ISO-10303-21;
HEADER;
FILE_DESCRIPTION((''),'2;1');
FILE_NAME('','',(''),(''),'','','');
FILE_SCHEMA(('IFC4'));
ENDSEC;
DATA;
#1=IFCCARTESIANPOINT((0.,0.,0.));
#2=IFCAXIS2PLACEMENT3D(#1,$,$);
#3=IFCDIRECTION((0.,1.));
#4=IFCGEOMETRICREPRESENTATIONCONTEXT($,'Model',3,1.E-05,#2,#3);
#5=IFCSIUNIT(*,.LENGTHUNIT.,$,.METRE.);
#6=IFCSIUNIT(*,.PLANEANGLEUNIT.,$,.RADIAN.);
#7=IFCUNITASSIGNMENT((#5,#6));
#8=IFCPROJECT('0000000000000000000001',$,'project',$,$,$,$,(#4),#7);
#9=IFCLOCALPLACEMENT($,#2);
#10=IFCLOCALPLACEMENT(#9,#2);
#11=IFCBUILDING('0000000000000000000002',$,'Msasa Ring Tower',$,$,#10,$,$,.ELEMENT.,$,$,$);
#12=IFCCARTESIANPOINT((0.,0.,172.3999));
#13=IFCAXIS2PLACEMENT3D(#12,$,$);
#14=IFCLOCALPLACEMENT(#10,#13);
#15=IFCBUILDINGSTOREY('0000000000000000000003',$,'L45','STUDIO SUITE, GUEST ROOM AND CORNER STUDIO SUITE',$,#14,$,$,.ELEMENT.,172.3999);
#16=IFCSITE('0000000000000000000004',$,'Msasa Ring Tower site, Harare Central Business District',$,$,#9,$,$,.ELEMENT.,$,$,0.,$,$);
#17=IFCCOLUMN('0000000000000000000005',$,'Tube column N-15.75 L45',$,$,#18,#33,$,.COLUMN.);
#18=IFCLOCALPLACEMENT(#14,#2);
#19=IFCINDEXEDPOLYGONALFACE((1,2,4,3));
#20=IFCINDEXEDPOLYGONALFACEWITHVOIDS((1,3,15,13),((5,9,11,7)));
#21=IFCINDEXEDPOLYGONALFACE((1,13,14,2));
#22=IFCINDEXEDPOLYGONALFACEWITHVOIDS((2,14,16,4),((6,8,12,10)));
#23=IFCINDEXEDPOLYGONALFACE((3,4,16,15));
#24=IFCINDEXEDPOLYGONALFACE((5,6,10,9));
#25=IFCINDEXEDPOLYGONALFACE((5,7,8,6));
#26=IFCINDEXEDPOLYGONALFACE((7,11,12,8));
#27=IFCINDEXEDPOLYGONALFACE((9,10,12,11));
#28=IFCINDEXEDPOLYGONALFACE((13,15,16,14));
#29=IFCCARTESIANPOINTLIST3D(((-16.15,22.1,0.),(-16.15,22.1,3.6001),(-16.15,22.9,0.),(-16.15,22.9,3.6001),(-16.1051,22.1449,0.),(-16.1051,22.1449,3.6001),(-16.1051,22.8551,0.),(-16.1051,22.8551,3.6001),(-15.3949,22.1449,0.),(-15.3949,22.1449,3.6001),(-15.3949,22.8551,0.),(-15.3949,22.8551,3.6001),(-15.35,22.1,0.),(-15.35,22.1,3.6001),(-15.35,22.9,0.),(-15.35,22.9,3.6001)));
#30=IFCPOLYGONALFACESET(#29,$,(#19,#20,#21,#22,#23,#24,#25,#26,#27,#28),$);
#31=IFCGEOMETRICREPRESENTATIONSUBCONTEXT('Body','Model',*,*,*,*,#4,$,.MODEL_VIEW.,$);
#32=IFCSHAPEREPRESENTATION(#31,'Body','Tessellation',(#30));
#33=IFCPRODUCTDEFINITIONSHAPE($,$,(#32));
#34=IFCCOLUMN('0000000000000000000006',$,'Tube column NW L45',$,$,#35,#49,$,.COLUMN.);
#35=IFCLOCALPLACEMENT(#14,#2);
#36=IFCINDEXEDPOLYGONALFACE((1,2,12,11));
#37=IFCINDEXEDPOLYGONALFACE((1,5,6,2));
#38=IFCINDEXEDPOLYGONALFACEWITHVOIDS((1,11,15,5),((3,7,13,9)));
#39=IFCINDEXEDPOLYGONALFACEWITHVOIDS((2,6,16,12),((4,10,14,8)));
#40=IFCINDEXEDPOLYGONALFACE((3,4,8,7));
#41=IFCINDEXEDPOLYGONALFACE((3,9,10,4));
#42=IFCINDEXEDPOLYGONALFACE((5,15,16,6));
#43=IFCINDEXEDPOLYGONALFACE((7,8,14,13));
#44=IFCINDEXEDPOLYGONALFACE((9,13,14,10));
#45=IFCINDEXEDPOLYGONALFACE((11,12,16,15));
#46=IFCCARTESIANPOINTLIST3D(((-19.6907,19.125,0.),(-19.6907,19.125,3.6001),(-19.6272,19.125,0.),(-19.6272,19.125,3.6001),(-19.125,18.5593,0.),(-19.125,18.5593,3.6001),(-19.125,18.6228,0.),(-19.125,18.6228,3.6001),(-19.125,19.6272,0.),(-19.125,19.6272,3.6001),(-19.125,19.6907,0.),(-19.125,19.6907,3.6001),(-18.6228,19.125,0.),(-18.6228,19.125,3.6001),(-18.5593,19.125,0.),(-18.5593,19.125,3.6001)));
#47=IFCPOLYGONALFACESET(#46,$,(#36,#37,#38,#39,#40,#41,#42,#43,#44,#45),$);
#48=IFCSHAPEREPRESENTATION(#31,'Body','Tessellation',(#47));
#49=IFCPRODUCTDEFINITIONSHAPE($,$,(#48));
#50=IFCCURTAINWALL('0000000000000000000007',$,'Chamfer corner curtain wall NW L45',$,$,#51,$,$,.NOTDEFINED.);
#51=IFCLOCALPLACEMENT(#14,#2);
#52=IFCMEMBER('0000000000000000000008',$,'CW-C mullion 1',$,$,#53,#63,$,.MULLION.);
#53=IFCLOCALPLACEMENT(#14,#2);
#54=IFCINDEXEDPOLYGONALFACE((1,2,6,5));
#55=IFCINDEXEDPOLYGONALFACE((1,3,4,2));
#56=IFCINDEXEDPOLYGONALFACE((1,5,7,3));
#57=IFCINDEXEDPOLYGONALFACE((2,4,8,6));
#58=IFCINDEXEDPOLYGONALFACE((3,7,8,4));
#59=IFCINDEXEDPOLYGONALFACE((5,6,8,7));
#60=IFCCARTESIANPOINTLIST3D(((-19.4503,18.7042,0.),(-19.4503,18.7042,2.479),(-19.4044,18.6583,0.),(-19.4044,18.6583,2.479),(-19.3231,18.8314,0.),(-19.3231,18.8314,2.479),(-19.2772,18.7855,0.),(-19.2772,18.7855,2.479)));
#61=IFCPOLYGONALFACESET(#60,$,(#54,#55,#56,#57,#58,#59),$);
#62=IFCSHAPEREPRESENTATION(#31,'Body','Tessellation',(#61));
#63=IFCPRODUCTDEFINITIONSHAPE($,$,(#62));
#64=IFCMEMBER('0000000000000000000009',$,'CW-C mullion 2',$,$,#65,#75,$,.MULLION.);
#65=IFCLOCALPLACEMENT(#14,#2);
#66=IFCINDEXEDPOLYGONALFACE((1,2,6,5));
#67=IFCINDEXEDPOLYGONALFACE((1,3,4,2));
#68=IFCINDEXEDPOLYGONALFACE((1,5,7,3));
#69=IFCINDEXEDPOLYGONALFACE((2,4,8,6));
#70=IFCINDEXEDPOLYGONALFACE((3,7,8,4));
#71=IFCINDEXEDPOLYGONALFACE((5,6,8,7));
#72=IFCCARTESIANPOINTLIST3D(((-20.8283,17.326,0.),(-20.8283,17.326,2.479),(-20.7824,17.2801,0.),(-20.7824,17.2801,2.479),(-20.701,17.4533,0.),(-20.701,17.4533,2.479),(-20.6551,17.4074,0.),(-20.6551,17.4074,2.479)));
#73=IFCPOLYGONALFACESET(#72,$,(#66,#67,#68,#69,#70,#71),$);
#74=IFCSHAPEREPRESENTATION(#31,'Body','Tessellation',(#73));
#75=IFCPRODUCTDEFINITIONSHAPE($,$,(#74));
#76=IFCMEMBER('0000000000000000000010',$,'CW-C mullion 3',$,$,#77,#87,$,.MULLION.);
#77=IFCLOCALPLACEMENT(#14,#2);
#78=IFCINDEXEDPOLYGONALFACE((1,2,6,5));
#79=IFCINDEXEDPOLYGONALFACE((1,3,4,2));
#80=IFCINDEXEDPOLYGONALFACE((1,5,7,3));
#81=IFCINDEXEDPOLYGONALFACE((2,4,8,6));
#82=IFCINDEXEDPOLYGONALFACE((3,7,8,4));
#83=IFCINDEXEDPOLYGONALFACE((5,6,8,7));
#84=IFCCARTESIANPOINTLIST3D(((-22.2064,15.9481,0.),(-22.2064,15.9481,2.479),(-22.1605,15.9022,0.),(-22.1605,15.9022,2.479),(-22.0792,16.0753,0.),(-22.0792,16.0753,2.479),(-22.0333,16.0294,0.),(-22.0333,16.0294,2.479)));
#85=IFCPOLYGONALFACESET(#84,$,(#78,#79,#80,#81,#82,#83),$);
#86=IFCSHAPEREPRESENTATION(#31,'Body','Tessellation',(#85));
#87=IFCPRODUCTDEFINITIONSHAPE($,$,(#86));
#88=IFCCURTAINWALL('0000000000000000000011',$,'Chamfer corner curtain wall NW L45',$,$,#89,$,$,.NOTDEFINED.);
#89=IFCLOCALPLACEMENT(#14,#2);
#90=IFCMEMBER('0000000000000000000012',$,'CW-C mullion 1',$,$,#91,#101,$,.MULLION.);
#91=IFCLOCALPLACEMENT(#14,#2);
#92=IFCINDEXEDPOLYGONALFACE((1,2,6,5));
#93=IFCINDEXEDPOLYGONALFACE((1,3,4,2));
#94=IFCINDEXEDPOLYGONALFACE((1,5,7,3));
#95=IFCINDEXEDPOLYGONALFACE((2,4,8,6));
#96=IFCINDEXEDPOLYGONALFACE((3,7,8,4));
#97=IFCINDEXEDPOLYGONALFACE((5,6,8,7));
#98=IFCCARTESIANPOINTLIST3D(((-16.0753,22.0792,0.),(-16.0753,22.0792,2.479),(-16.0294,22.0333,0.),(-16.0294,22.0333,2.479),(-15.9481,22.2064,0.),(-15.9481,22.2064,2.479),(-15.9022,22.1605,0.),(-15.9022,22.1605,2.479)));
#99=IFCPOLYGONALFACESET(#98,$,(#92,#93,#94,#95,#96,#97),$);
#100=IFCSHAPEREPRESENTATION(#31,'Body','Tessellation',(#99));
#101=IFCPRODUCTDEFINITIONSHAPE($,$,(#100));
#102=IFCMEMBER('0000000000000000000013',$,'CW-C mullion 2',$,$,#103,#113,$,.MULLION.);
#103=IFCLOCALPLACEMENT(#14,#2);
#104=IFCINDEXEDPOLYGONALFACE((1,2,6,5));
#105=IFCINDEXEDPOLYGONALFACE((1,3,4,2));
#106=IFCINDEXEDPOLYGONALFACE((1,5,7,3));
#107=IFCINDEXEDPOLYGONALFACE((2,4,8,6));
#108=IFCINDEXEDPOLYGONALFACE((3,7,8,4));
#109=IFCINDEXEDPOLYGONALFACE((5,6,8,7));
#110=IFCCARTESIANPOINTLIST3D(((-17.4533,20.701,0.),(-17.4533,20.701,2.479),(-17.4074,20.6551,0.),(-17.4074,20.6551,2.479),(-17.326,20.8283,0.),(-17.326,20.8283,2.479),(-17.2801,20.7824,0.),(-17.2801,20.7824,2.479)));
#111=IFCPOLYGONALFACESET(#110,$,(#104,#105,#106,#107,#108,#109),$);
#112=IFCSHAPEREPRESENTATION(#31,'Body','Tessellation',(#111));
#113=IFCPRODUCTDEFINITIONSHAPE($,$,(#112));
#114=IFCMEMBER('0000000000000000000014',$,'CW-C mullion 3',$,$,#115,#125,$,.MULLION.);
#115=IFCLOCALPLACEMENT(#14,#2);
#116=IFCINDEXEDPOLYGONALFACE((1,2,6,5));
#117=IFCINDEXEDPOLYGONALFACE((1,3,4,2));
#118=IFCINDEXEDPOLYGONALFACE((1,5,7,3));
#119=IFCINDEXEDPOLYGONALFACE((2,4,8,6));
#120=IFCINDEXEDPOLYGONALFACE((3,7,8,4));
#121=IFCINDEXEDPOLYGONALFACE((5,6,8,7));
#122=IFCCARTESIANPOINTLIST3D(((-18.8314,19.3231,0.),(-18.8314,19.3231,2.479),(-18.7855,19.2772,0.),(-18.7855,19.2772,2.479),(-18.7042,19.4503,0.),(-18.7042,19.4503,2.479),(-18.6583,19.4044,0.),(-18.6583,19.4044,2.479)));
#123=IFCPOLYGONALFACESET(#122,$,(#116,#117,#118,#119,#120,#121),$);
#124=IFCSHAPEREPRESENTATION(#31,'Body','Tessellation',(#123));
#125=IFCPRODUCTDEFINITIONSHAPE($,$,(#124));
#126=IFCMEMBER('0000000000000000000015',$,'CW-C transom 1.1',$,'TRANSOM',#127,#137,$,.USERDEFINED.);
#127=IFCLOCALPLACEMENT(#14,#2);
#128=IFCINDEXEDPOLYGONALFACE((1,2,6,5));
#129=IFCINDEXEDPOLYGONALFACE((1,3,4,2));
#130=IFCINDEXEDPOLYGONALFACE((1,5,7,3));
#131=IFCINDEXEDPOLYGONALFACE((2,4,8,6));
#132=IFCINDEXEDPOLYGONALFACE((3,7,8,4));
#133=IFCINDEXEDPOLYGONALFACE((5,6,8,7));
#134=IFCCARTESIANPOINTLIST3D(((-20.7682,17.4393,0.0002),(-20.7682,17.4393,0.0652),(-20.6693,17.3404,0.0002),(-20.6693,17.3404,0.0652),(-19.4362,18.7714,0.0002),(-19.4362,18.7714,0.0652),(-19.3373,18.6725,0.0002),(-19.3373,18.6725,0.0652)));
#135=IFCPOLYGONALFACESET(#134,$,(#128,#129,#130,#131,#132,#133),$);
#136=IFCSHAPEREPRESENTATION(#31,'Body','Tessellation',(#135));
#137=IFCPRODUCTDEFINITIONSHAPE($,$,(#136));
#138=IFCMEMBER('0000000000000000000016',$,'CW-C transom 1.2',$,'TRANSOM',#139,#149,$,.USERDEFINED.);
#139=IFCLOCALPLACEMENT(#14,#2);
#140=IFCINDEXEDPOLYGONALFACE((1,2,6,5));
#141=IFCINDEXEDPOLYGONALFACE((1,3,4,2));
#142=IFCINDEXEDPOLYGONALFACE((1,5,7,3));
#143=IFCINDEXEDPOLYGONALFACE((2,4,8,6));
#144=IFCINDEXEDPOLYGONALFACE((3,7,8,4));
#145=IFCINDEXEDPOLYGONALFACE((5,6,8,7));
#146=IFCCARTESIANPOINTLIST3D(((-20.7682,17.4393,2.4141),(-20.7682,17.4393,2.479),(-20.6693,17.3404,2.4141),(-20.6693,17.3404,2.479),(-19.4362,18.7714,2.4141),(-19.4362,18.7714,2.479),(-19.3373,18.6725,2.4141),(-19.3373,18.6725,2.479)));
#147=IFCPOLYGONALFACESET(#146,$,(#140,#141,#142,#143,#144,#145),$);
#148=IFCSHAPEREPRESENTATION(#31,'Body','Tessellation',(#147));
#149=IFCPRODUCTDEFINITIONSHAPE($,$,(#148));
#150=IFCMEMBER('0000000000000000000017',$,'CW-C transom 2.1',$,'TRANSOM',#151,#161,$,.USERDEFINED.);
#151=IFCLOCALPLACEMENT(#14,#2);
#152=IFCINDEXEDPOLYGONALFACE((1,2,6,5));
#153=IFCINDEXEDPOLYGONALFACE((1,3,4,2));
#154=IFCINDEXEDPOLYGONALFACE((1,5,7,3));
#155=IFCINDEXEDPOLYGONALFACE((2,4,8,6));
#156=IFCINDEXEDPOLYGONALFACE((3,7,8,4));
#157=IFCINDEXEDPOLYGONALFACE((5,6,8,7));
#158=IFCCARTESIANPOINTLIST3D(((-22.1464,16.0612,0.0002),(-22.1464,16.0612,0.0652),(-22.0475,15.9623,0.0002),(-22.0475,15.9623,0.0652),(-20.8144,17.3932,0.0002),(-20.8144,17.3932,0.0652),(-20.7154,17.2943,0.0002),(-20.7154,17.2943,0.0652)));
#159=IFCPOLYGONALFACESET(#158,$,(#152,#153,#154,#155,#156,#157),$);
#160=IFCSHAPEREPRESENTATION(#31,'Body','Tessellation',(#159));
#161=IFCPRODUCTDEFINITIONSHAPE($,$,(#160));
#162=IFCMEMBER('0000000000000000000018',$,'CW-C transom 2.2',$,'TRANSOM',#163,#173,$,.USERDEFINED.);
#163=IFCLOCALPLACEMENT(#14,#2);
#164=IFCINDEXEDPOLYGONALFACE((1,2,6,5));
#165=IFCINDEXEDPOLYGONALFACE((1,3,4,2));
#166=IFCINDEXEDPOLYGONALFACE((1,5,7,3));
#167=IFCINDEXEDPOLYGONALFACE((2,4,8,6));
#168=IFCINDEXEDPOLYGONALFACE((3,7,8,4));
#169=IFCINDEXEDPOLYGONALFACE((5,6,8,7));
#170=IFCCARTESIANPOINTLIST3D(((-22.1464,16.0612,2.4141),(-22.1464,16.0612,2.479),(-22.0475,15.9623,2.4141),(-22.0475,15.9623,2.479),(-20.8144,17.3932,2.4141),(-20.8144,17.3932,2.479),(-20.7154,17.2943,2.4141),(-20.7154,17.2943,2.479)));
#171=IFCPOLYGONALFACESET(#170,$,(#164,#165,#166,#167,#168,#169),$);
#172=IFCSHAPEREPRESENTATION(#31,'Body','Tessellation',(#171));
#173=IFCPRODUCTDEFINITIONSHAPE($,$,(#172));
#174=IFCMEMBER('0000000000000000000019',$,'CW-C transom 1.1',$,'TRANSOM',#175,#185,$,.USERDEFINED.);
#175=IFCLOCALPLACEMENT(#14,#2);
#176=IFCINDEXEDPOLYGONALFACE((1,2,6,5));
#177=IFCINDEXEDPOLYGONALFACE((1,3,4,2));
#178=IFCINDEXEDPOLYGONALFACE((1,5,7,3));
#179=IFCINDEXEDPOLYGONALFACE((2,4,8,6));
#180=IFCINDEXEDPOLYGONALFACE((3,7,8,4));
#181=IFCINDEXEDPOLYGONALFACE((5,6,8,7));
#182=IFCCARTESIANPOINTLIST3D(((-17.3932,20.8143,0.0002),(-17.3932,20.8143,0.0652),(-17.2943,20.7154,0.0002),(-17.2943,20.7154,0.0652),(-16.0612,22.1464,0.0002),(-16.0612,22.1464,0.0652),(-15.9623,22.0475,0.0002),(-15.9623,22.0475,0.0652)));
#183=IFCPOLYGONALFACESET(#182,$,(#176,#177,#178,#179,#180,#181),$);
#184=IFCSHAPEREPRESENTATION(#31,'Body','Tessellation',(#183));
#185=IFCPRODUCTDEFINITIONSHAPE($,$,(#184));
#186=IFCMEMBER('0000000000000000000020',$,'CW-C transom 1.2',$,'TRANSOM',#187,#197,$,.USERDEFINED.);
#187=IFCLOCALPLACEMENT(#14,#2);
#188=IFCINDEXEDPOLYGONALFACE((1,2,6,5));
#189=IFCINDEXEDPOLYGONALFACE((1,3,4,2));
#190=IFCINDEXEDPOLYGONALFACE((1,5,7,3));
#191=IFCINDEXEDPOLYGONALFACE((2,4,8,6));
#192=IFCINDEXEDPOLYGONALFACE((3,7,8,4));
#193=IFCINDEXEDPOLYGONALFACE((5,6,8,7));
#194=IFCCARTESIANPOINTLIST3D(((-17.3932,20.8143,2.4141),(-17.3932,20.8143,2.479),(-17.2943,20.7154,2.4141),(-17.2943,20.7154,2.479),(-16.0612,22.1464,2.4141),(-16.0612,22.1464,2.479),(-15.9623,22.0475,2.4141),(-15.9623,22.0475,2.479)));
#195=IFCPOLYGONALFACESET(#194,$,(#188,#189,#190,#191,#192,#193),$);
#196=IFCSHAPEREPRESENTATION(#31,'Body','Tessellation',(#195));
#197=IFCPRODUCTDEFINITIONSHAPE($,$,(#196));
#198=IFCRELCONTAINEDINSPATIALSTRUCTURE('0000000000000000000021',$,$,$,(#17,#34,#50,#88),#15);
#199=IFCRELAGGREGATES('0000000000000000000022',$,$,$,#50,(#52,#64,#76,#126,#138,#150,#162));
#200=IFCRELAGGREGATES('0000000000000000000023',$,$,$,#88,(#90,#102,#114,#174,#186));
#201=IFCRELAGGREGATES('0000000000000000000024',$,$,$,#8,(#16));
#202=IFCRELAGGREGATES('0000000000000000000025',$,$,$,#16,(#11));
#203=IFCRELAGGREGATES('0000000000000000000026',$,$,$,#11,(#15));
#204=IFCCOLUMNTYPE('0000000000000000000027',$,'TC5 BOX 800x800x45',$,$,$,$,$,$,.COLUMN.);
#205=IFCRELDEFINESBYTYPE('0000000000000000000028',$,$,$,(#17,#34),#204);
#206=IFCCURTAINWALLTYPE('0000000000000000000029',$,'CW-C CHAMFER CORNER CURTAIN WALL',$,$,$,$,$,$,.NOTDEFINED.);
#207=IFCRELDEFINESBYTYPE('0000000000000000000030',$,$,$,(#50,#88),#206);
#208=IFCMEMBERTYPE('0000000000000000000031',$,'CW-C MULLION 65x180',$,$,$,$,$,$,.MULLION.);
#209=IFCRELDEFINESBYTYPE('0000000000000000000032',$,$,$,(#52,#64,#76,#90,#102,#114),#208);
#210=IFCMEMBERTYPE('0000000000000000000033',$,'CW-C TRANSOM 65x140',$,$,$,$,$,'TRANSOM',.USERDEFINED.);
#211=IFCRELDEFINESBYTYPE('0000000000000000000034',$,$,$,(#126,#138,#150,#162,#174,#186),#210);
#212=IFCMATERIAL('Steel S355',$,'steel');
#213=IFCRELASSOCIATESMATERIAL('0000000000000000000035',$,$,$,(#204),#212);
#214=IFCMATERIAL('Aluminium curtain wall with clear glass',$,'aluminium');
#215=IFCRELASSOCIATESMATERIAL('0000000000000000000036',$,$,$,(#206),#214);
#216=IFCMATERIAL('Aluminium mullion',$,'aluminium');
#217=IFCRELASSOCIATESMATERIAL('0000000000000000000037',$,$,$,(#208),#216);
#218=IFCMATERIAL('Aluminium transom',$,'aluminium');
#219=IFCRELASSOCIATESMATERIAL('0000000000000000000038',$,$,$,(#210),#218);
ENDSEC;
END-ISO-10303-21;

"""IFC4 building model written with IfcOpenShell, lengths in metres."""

from ifc_helpers import new_model, si_unit, direction, frame, origin, origin_2d, place, context, subcontext, project, spatial, rectangle, hollow_rectangle, extrude, material, material_profile, profile_set, type_object, element, aggregate, save


model = new_model("IFC4")

# Units and contexts
model_context = context("Model", 3, precision=1e-05, world=origin(), true_north=direction((0.0, 1.0)))
body_context = subcontext(model_context, "Body", "Model", "MODEL_VIEW")
ifc_project = project(units=[si_unit("LENGTHUNIT", "METRE"), si_unit("PLANEANGLEUNIT", "RADIAN")], contexts=[model_context])

# Site, building, storey
site_placement = place(None, origin())
site = spatial("IfcSite", under=ifc_project, at=site_placement, Name="Msasa Ring Tower site, Harare Central Business District", CompositionType="ELEMENT", RefElevation=0.0)
building_placement = place(site_placement, origin())
building = spatial("IfcBuilding", under=site, at=building_placement, Name="Msasa Ring Tower", CompositionType="ELEMENT")
storey_placement = place(building_placement, frame((0.0, 0.0, 172.3999)))
storey = spatial("IfcBuildingStorey", under=building, at=storey_placement, Name="L45", Description="STUDIO SUITE, GUEST ROOM AND CORNER STUDIO SUITE", CompositionType="ELEMENT", Elevation=172.3999)

# Columns
ifc_material_1 = material(Name="Steel S355", Category="steel")
ifc_material_profile_1 = material_profile(ifc_material_1, hollow_rectangle(XDim=0.8, YDim=0.8, WallThickness=0.0449, at=origin_2d()), Name="BOX 800x800x45")
ifc_profile_set_1 = profile_set([ifc_material_profile_1], Name="Steel S355")
column_type = type_object("IfcColumnType", Name="TC5 BOX 800x800x45", PredefinedType="COLUMN", material=ifc_profile_set_1)
for number, where, z_axis, x_axis, name in (
    (1, (-15.75, 22.5, 0.0), (0.0, 0.0, 1.0), (0.0, 1.0, 0.0), "Tube column N-15.75 L45"),
    (2, (-19.125, 19.125, 0.0), (0.0, 0.0, 1.0), (0.707107, -0.707107, 0.0), "Tube column NW L45"),
):
    element("IfcColumn", number, at=place(storey_placement, frame(where, z_axis=z_axis, x_axis=x_axis)), inside=storey, type_object=column_type, Name=name, PredefinedType="COLUMN", context=body_context, shape_type="SweptSolid", body=[
        extrude(hollow_rectangle(XDim=0.8, YDim=0.8, WallThickness=0.0449, at=origin_2d()), origin(), (0.0, 0.0, 1.0), 3.6001),
    ])

# Curtain walls, members
ifc_material_2 = material(Name="Aluminium curtain wall with clear glass", Category="aluminium")
curtain_wall_type = type_object("IfcCurtainWallType", Name="CW-C CHAMFER CORNER CURTAIN WALL", PredefinedType="NOTDEFINED", material=ifc_material_2)
curtain_wall_1_placement = place(storey_placement, origin())
curtain_wall_1 = element("IfcCurtainWall", 3, at=curtain_wall_1_placement, inside=storey, type_object=curtain_wall_type, Name="Chamfer corner curtain wall NW L45", PredefinedType="NOTDEFINED")
ifc_material_3 = material(Name="Aluminium mullion", Category="aluminium")
ifc_material_profile_2 = material_profile(ifc_material_3, rectangle(XDim=0.0649, YDim=0.1799, at=origin_2d()), Name="AL 65x180")
ifc_profile_set_2 = profile_set([ifc_material_profile_2], Name="Aluminium mullion")
member_type_1 = type_object("IfcMemberType", Name="CW-C MULLION 65x180", PredefinedType="MULLION", material=ifc_profile_set_2)
member_1_placement = place(storey_placement, frame((-19.3638, 18.7449, 0.0), z_axis=(0.0, 0.0, 1.0), x_axis=(0.707107, -0.707107, 0.0)))
member_1 = element("IfcMember", 4, at=member_1_placement, type_object=member_type_1, Name="CW-C mullion 1", PredefinedType="MULLION", context=body_context, shape_type="SweptSolid", body=[
    extrude(rectangle(XDim=0.0649, YDim=0.1799, at=origin_2d()), origin(), (0.0, 0.0, 1.0), 2.479),
])
member_2_placement = place(storey_placement, frame((-20.7417, 17.3667, 0.0), z_axis=(0.0, 0.0, 1.0), x_axis=(0.707107, -0.707107, 0.0)))
member_2 = element("IfcMember", 5, at=member_2_placement, type_object=member_type_1, Name="CW-C mullion 2", PredefinedType="MULLION", context=body_context, shape_type="SweptSolid", body=[
    extrude(rectangle(XDim=0.0649, YDim=0.1799, at=origin_2d()), origin(), (0.0, 0.0, 1.0), 2.479),
])
member_3_placement = place(storey_placement, frame((-22.1199, 15.9888, 0.0), z_axis=(0.0, 0.0, 1.0), x_axis=(0.707107, -0.707107, 0.0)))
member_3 = element("IfcMember", 6, at=member_3_placement, type_object=member_type_1, Name="CW-C mullion 3", PredefinedType="MULLION", context=body_context, shape_type="SweptSolid", body=[
    extrude(rectangle(XDim=0.0649, YDim=0.1799, at=origin_2d()), origin(), (0.0, 0.0, 1.0), 2.479),
])
curtain_wall_2_placement = place(storey_placement, origin())
curtain_wall_2 = element("IfcCurtainWall", 7, at=curtain_wall_2_placement, inside=storey, type_object=curtain_wall_type, Name="Chamfer corner curtain wall NW L45", PredefinedType="NOTDEFINED")
member_4_placement = place(storey_placement, frame((-15.9888, 22.1199, 0.0), z_axis=(0.0, 0.0, 1.0), x_axis=(0.707107, -0.707107, 0.0)))
member_4 = element("IfcMember", 8, at=member_4_placement, type_object=member_type_1, Name="CW-C mullion 1", PredefinedType="MULLION", context=body_context, shape_type="SweptSolid", body=[
    extrude(rectangle(XDim=0.0649, YDim=0.1799, at=origin_2d()), origin(), (0.0, 0.0, 1.0), 2.479),
])
member_5_placement = place(storey_placement, frame((-17.3667, 20.7417, 0.0), z_axis=(0.0, 0.0, 1.0), x_axis=(0.707107, -0.707107, 0.0)))
member_5 = element("IfcMember", 9, at=member_5_placement, type_object=member_type_1, Name="CW-C mullion 2", PredefinedType="MULLION", context=body_context, shape_type="SweptSolid", body=[
    extrude(rectangle(XDim=0.0649, YDim=0.1799, at=origin_2d()), origin(), (0.0, 0.0, 1.0), 2.479),
])
member_6_placement = place(storey_placement, frame((-18.7449, 19.3638, 0.0), z_axis=(0.0, 0.0, 1.0), x_axis=(0.707107, -0.707107, 0.0)))
member_6 = element("IfcMember", 10, at=member_6_placement, type_object=member_type_1, Name="CW-C mullion 3", PredefinedType="MULLION", context=body_context, shape_type="SweptSolid", body=[
    extrude(rectangle(XDim=0.0649, YDim=0.1799, at=origin_2d()), origin(), (0.0, 0.0, 1.0), 2.479),
])

# Members
ifc_material_4 = material(Name="Aluminium transom", Category="aluminium")
ifc_material_profile_3 = material_profile(ifc_material_4, rectangle(XDim=0.1399, YDim=0.0649, at=origin_2d()), Name="AL 65x140")
ifc_profile_set_3 = profile_set([ifc_material_profile_3], Name="Aluminium transom")
member_type_2 = type_object("IfcMemberType", Name="CW-C TRANSOM 65x140", ElementType="TRANSOM", PredefinedType="USERDEFINED", material=ifc_profile_set_3)
member_7_placement = place(storey_placement, frame((-19.3867, 18.7219, 0.0327), z_axis=(-0.707107, -0.707107, 0.0), x_axis=(0.707107, -0.707107, 0.0)))
member_7 = element("IfcMember", 11, at=member_7_placement, type_object=member_type_2, Name="CW-C transom 1.1", ObjectType="TRANSOM", PredefinedType="USERDEFINED", context=body_context, shape_type="SweptSolid", body=[
    extrude(rectangle(XDim=0.1399, YDim=0.0649, at=origin_2d()), origin(), (0.0, 0.0, 1.0), 1.8838),
])
member_8_placement = place(storey_placement, frame((-19.3867, 18.7219, 2.4465), z_axis=(-0.707107, -0.707107, 0.0), x_axis=(0.707107, -0.707107, 0.0)))
member_8 = element("IfcMember", 12, at=member_8_placement, type_object=member_type_2, Name="CW-C transom 1.2", ObjectType="TRANSOM", PredefinedType="USERDEFINED", context=body_context, shape_type="SweptSolid", body=[
    extrude(rectangle(XDim=0.1399, YDim=0.0649, at=origin_2d()), origin(), (0.0, 0.0, 1.0), 1.8838),
])
member_9_placement = place(storey_placement, frame((-20.7649, 17.3438, 0.0327), z_axis=(-0.707107, -0.707107, 0.0), x_axis=(0.707107, -0.707107, 0.0)))
member_9 = element("IfcMember", 13, at=member_9_placement, type_object=member_type_2, Name="CW-C transom 2.1", ObjectType="TRANSOM", PredefinedType="USERDEFINED", context=body_context, shape_type="SweptSolid", body=[
    extrude(rectangle(XDim=0.1399, YDim=0.0649, at=origin_2d()), origin(), (0.0, 0.0, 1.0), 1.8838),
])
member_10_placement = place(storey_placement, frame((-20.7649, 17.3438, 2.4465), z_axis=(-0.707107, -0.707107, 0.0), x_axis=(0.707107, -0.707107, 0.0)))
member_10 = element("IfcMember", 14, at=member_10_placement, type_object=member_type_2, Name="CW-C transom 2.2", ObjectType="TRANSOM", PredefinedType="USERDEFINED", context=body_context, shape_type="SweptSolid", body=[
    extrude(rectangle(XDim=0.1399, YDim=0.0649, at=origin_2d()), origin(), (0.0, 0.0, 1.0), 1.8838),
])
member_11_placement = place(storey_placement, frame((-16.0117, 22.0969, 0.0327), z_axis=(-0.707107, -0.707107, 0.0), x_axis=(0.707107, -0.707107, 0.0)))
member_11 = element("IfcMember", 15, at=member_11_placement, type_object=member_type_2, Name="CW-C transom 1.1", ObjectType="TRANSOM", PredefinedType="USERDEFINED", context=body_context, shape_type="SweptSolid", body=[
    extrude(rectangle(XDim=0.1399, YDim=0.0649, at=origin_2d()), origin(), (0.0, 0.0, 1.0), 1.8838),
])
member_12_placement = place(storey_placement, frame((-16.0117, 22.0969, 2.4465), z_axis=(-0.707107, -0.707107, 0.0), x_axis=(0.707107, -0.707107, 0.0)))
member_12 = element("IfcMember", 16, at=member_12_placement, type_object=member_type_2, Name="CW-C transom 1.2", ObjectType="TRANSOM", PredefinedType="USERDEFINED", context=body_context, shape_type="SweptSolid", body=[
    extrude(rectangle(XDim=0.1399, YDim=0.0649, at=origin_2d()), origin(), (0.0, 0.0, 1.0), 1.8838),
])

aggregate(curtain_wall_1, [member_1, member_2, member_3, member_7, member_8, member_9, member_10])
aggregate(curtain_wall_2, [member_4, member_5, member_6, member_11, member_12])

save(model, "model.ifc")
